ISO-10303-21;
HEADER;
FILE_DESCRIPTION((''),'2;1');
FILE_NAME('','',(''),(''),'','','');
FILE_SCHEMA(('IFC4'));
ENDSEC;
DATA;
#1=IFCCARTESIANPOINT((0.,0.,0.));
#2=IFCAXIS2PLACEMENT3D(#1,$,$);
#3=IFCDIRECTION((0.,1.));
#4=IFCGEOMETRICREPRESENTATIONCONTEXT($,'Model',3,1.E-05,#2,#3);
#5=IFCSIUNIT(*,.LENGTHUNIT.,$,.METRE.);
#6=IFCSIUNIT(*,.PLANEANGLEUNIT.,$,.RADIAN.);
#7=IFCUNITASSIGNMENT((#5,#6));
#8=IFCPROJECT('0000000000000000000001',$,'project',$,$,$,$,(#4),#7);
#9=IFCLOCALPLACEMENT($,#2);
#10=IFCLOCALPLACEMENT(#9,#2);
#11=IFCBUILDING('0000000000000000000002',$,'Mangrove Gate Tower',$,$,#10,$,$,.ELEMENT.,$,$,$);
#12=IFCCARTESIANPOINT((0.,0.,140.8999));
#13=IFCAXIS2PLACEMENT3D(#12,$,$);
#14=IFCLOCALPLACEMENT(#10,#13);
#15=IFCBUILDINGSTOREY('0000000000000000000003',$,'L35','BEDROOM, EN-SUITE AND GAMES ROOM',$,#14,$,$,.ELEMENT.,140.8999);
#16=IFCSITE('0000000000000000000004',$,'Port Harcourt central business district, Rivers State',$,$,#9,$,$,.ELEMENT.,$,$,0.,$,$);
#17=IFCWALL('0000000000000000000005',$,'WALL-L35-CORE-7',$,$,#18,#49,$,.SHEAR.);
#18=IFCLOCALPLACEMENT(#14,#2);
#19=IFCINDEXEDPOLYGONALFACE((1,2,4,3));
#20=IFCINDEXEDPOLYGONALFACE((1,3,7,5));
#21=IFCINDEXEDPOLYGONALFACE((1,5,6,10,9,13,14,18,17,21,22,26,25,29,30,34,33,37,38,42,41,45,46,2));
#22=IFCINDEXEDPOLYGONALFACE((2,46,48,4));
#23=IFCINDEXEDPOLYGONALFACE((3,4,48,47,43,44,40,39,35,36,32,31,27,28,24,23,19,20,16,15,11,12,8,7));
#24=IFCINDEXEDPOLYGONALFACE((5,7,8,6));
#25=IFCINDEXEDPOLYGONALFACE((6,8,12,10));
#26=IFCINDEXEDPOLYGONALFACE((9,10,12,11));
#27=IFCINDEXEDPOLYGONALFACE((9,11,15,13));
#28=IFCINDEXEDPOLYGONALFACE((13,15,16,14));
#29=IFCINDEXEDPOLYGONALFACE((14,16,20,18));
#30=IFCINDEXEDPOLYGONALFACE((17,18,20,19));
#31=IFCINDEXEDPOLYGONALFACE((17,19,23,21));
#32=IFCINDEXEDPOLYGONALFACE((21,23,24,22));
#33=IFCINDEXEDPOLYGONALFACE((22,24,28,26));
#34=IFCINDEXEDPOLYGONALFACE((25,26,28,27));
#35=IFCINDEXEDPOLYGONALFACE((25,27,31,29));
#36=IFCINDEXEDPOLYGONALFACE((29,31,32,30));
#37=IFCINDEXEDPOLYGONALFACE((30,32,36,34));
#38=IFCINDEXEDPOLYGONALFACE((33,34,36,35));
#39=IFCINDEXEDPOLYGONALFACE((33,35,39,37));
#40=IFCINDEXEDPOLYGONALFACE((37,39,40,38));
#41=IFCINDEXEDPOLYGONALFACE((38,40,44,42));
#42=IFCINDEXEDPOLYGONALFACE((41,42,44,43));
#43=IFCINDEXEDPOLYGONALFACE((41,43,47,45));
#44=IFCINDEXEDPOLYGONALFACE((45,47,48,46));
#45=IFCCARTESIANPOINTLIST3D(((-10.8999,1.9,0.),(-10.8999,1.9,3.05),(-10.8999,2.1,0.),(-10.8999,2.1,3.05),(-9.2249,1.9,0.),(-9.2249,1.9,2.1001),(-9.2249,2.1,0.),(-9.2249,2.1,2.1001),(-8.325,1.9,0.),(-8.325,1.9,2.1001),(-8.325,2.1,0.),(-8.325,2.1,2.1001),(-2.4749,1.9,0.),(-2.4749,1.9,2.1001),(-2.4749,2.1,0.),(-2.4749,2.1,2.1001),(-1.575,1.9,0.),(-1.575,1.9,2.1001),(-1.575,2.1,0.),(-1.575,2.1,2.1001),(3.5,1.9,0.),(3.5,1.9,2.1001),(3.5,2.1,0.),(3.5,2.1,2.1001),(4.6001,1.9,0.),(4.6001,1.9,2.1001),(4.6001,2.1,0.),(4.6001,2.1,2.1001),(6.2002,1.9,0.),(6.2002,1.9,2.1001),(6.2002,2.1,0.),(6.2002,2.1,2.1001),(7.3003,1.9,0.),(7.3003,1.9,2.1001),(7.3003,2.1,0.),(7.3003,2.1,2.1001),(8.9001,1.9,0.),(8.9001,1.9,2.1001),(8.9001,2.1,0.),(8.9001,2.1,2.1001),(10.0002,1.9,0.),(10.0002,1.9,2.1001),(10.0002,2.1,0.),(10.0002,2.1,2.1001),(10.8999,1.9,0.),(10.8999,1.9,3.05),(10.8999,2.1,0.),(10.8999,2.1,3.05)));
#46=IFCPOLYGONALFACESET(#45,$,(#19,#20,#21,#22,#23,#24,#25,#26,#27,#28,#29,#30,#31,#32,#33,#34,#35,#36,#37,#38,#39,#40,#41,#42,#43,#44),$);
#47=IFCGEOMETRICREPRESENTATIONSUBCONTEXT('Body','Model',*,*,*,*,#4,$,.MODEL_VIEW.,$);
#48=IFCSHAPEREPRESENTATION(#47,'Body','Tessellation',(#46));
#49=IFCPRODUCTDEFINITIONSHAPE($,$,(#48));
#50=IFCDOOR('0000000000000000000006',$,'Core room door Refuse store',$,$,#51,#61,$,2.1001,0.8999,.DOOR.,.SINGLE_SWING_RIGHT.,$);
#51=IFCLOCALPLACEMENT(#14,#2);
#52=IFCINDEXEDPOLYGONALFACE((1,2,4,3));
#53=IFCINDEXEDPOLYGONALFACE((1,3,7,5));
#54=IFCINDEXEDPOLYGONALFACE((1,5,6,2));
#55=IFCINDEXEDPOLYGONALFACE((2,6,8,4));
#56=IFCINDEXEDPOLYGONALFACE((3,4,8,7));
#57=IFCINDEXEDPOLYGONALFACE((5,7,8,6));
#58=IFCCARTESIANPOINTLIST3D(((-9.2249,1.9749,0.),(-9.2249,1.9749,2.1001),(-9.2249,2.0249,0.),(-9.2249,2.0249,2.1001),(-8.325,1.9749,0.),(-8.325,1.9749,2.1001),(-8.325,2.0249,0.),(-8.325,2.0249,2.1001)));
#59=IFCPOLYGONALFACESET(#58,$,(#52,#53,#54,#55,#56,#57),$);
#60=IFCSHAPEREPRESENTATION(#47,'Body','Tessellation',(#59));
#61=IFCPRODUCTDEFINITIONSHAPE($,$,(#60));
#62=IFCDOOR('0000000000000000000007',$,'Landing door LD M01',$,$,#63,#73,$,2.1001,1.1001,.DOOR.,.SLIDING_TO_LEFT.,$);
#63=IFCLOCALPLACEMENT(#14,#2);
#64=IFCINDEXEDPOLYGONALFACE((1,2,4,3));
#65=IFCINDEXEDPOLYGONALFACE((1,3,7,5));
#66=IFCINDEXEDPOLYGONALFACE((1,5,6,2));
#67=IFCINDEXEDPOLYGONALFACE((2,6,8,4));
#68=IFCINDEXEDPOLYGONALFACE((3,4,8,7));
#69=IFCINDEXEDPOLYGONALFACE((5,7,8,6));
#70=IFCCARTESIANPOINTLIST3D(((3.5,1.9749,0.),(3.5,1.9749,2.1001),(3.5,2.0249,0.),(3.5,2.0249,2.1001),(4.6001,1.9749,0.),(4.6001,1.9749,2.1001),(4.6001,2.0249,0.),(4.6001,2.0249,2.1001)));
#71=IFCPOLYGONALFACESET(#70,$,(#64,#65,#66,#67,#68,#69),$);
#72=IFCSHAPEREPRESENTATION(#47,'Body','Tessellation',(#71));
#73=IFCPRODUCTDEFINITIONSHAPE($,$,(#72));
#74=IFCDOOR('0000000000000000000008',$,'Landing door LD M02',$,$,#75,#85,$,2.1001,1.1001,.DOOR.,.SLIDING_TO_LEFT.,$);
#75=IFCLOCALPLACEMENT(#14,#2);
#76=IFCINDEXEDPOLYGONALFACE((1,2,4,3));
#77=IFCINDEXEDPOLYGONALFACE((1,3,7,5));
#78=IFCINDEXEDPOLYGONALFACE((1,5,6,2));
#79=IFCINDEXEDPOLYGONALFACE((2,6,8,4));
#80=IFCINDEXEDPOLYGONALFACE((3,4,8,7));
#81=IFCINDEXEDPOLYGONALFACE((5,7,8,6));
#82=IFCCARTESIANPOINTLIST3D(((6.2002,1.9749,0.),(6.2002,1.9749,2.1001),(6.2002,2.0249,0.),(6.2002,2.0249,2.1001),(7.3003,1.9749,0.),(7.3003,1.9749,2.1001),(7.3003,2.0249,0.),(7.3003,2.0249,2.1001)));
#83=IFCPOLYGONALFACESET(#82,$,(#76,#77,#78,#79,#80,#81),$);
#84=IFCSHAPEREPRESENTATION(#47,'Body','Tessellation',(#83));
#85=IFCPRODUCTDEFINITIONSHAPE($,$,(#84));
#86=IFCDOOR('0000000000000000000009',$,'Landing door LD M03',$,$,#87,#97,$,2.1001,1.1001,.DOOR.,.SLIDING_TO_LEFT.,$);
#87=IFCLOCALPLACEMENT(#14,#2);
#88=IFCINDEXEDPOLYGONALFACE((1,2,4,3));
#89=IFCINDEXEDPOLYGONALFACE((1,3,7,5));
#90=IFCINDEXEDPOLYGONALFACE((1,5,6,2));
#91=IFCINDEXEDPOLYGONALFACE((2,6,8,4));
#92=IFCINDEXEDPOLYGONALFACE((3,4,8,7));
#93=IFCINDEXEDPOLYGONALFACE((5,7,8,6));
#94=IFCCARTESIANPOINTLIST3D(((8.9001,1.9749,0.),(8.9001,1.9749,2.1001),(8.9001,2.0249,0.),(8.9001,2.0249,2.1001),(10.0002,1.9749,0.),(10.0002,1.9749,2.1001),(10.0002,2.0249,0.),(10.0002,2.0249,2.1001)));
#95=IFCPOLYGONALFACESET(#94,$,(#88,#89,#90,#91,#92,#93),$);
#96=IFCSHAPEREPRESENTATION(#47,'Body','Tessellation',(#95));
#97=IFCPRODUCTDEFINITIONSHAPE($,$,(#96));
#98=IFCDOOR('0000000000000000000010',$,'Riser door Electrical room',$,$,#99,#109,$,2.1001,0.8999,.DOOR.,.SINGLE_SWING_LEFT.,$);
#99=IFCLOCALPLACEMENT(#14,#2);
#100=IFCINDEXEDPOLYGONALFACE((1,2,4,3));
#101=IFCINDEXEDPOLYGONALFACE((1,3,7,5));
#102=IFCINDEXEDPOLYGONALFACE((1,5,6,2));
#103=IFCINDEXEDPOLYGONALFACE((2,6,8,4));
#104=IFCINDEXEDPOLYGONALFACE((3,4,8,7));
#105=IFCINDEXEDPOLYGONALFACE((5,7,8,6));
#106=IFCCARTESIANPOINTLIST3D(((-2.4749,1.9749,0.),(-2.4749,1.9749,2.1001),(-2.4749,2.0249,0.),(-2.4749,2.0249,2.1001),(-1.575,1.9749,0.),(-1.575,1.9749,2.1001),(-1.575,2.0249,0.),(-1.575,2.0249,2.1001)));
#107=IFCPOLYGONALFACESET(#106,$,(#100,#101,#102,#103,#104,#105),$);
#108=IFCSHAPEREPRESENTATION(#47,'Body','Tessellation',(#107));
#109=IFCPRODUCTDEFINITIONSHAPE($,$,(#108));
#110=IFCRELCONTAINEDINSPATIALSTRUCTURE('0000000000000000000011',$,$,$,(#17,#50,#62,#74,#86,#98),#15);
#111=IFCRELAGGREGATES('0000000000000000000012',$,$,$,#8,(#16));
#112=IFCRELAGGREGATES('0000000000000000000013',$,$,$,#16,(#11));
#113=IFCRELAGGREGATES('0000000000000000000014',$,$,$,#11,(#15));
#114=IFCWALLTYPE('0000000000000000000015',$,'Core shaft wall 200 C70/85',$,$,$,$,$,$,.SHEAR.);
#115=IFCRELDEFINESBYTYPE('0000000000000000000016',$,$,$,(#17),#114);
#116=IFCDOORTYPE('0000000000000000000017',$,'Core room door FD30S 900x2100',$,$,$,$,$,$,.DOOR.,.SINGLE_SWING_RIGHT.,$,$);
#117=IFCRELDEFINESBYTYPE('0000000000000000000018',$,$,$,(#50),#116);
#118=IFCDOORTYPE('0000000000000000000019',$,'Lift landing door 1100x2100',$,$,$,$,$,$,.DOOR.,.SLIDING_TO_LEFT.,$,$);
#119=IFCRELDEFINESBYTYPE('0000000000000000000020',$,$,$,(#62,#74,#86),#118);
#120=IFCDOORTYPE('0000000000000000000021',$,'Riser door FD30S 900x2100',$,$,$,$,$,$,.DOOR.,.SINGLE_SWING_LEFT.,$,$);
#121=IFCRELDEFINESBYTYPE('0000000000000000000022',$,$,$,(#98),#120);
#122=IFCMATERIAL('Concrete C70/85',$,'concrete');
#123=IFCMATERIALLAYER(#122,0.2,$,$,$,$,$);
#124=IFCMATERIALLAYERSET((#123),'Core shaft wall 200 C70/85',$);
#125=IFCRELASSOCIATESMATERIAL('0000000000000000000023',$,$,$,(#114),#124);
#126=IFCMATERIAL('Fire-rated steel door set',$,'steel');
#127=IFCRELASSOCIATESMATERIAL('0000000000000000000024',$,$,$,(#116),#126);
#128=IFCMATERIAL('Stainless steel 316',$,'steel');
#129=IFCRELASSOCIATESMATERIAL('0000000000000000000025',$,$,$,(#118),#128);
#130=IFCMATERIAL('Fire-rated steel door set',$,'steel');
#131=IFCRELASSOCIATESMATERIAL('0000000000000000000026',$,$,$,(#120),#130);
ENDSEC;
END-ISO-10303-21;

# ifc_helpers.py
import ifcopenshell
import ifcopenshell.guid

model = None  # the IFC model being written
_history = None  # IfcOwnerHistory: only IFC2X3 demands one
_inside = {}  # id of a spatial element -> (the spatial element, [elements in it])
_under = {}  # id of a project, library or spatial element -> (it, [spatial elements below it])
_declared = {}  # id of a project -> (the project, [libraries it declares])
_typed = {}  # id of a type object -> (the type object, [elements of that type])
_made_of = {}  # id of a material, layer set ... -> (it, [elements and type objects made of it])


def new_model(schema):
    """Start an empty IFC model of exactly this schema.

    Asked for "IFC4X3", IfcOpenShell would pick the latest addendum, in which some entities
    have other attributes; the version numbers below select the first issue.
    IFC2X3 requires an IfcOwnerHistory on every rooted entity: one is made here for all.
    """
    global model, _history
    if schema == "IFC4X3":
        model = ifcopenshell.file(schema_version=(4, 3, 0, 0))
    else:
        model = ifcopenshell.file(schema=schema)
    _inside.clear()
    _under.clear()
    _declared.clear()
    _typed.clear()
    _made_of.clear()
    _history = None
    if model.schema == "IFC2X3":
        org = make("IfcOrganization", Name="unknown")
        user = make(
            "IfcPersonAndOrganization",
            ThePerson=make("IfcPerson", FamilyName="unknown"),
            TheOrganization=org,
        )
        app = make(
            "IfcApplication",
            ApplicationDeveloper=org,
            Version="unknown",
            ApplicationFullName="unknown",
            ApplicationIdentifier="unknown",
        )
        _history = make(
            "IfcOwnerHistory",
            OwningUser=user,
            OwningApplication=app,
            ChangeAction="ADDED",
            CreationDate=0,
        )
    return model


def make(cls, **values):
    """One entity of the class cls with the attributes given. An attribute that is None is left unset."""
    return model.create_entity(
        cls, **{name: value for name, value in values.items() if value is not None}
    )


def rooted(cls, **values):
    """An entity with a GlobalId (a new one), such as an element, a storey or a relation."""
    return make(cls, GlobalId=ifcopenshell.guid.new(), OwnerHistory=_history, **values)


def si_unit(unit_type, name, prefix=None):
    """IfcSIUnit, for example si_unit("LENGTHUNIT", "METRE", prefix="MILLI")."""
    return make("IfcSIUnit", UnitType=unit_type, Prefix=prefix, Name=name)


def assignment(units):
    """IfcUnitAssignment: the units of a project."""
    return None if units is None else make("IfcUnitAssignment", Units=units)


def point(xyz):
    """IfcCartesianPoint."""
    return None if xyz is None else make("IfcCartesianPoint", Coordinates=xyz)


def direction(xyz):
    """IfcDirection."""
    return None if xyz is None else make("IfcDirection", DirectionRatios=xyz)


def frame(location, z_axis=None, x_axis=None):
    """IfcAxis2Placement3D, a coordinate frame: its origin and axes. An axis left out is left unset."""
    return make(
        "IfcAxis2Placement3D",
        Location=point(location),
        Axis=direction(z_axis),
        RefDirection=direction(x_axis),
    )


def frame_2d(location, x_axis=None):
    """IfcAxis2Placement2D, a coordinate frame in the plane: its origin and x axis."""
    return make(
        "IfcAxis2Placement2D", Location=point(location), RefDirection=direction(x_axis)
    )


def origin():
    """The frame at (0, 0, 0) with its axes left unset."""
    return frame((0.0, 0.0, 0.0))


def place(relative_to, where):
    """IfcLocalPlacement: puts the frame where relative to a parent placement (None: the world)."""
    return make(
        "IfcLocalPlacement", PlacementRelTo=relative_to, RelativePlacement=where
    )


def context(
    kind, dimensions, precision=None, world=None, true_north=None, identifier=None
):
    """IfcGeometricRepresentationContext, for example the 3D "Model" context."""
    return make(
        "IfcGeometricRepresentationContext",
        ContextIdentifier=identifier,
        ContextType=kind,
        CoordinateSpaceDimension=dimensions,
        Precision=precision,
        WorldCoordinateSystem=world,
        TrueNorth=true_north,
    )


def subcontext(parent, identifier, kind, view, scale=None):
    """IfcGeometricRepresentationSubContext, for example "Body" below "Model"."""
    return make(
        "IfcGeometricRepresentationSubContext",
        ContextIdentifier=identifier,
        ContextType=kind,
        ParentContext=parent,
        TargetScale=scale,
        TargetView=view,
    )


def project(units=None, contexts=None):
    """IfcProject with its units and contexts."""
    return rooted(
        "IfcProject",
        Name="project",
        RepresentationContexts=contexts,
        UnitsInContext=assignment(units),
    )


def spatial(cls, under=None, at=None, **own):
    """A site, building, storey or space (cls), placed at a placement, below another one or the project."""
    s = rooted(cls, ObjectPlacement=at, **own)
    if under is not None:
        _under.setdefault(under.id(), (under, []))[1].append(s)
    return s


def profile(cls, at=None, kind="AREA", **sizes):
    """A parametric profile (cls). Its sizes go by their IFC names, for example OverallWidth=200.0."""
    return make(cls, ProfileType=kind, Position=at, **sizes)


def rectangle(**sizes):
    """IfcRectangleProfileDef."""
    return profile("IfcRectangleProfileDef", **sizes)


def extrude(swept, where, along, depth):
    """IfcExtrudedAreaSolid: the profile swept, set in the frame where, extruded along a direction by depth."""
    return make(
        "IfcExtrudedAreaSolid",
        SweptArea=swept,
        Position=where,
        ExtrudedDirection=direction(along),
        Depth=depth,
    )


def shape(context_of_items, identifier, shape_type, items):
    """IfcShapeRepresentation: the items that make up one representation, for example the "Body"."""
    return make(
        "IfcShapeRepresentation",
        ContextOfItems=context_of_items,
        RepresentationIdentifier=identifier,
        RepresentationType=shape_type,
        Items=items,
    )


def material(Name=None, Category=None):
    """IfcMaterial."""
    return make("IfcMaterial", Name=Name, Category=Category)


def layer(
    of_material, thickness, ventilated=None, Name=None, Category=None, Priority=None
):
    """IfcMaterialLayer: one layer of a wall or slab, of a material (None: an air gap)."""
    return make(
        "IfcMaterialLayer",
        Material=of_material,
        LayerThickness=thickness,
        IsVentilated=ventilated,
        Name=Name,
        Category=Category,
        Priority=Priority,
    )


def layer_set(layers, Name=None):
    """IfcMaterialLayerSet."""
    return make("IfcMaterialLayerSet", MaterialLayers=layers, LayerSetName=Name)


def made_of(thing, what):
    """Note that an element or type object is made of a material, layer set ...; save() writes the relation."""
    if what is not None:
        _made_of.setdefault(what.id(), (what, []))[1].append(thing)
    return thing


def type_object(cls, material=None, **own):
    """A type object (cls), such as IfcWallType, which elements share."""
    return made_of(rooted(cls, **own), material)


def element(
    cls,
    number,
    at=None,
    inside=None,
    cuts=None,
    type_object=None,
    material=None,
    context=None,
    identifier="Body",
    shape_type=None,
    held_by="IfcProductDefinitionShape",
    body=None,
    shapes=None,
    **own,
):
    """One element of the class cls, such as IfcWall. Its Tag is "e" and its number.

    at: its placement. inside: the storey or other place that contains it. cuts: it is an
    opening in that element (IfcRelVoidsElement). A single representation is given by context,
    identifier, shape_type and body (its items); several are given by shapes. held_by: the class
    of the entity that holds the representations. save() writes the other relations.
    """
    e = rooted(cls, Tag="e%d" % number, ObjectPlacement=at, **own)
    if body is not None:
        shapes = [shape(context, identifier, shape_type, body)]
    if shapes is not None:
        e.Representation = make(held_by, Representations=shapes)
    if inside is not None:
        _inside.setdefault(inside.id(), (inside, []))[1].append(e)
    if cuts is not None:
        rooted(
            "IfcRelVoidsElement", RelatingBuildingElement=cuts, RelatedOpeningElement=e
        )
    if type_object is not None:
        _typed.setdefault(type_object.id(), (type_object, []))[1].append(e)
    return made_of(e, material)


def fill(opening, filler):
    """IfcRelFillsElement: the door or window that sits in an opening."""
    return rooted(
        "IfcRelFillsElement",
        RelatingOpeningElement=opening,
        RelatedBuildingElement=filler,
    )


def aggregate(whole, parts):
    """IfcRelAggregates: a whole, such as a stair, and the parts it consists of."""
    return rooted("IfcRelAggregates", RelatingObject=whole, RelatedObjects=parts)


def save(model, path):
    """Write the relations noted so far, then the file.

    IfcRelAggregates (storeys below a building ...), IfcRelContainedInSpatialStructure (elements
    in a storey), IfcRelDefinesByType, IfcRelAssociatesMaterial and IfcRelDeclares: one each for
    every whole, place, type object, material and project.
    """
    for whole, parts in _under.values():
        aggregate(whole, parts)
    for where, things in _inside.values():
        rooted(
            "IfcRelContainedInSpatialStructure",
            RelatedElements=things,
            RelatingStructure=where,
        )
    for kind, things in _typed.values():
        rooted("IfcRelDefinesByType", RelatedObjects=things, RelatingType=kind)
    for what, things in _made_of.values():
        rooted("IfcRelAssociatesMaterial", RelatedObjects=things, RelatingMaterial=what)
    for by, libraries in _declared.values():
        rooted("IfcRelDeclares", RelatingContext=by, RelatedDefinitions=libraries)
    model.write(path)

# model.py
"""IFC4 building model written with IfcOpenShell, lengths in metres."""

from ifc_helpers import new_model, si_unit, direction, frame, frame_2d, origin, place, context, subcontext, project, spatial, rectangle, extrude, material, layer, layer_set, type_object, element, fill, save


model = new_model("IFC4")

# Units and contexts
model_context = context("Model", 3, precision=1e-05, world=origin(), true_north=direction((0.0, 1.0)))
body_context = subcontext(model_context, "Body", "Model", "MODEL_VIEW")
ifc_project = project(units=[si_unit("LENGTHUNIT", "METRE"), si_unit("PLANEANGLEUNIT", "RADIAN")], contexts=[model_context])

# Site, building, storey
site_placement = place(None, origin())
site = spatial("IfcSite", under=ifc_project, at=site_placement, Name="Port Harcourt central business district, Rivers State", CompositionType="ELEMENT", RefElevation=0.0)
building_placement = place(site_placement, origin())
building = spatial("IfcBuilding", under=site, at=building_placement, Name="Mangrove Gate Tower", CompositionType="ELEMENT")
storey_placement = place(building_placement, frame((0.0, 0.0, 140.8999)))
storey = spatial("IfcBuildingStorey", under=building, at=storey_placement, Name="L35", Description="BEDROOM, EN-SUITE AND GAMES ROOM", CompositionType="ELEMENT", Elevation=140.8999)

# Wall, openings, doors
ifc_material_1 = material(Name="Concrete C70/85", Category="concrete")
ifc_layer_1 = layer(ifc_material_1, 0.2)
ifc_layer_set_1 = layer_set([ifc_layer_1], Name="Core shaft wall 200 C70/85")
wall_type_1 = type_object("IfcWallType", Name="Core shaft wall 200 C70/85", PredefinedType="SHEAR", material=ifc_layer_set_1)
wall_1_placement = place(storey_placement, frame((-10.8999, 2.0, 0.0), z_axis=(0.0, 0.0, 1.0), x_axis=(1.0, 0.0, 0.0)))
wall_1 = element("IfcWall", 1, at=wall_1_placement, inside=storey, type_object=wall_type_1, Name="WALL-L35-CORE-7", PredefinedType="SHEAR", context=body_context, shape_type="SweptSolid", body=[
    extrude(rectangle(XDim=21.7998, YDim=0.2, at=frame_2d((10.8999, 0.0))), origin(), (0.0, 0.0, 1.0), 3.05),
])
opening_1_placement = place(wall_1_placement, frame((14.3999, 0.0, 0.0)))
opening_1 = element("IfcOpeningElement", 2, at=opening_1_placement, cuts=wall_1, PredefinedType="OPENING", context=body_context, shape_type="SweptSolid", body=[
    extrude(rectangle(XDim=1.1001, YDim=2.1001, at=frame_2d((0.55, 1.05))), frame((0.0, 0.1099, 0.0), z_axis=(0.0, -1.0, 0.0), x_axis=(1.0, 0.0, 0.0)), (0.0, 0.0, 1.0), 0.22),
])
opening_2_placement = place(wall_1_placement, frame((17.1001, 0.0, 0.0)))
opening_2 = element("IfcOpeningElement", 3, at=opening_2_placement, cuts=wall_1, PredefinedType="OPENING", context=body_context, shape_type="SweptSolid", body=[
    extrude(rectangle(XDim=1.1001, YDim=2.1001, at=frame_2d((0.55, 1.05))), frame((0.0, 0.1099, 0.0), z_axis=(0.0, -1.0, 0.0), x_axis=(1.0, 0.0, 0.0)), (0.0, 0.0, 1.0), 0.22),
])
opening_3_placement = place(wall_1_placement, frame((19.8, 0.0, 0.0)))
opening_3 = element("IfcOpeningElement", 4, at=opening_3_placement, cuts=wall_1, PredefinedType="OPENING", context=body_context, shape_type="SweptSolid", body=[
    extrude(rectangle(XDim=1.1001, YDim=2.1001, at=frame_2d((0.55, 1.05))), frame((0.0, 0.1099, 0.0), z_axis=(0.0, -1.0, 0.0), x_axis=(1.0, 0.0, 0.0)), (0.0, 0.0, 1.0), 0.22),
])
opening_4_placement = place(wall_1_placement, frame((1.675, 0.0, 0.0)))
opening_4 = element("IfcOpeningElement", 5, at=opening_4_placement, cuts=wall_1, PredefinedType="OPENING", context=body_context, shape_type="SweptSolid", body=[
    extrude(rectangle(XDim=0.8999, YDim=2.1001, at=frame_2d((0.45, 1.05))), frame((0.0, 0.1099, 0.0), z_axis=(0.0, -1.0, 0.0), x_axis=(1.0, 0.0, 0.0)), (0.0, 0.0, 1.0), 0.22),
])
opening_5_placement = place(wall_1_placement, frame((8.425, 0.0, 0.0)))
opening_5 = element("IfcOpeningElement", 6, at=opening_5_placement, cuts=wall_1, PredefinedType="OPENING", context=body_context, shape_type="SweptSolid", body=[
    extrude(rectangle(XDim=0.8999, YDim=2.1001, at=frame_2d((0.45, 1.05))), frame((0.0, 0.1099, 0.0), z_axis=(0.0, -1.0, 0.0), x_axis=(1.0, 0.0, 0.0)), (0.0, 0.0, 1.0), 0.22),
])
ifc_material_2 = material(Name="Fire-rated steel door set", Category="steel")
door_type_1 = type_object("IfcDoorType", Name="Core room door FD30S 900x2100", OperationType="SINGLE_SWING_RIGHT", PredefinedType="DOOR", material=ifc_material_2)
door_1_placement = place(opening_4_placement, origin())
door_1 = element("IfcDoor", 7, at=door_1_placement, inside=storey, type_object=door_type_1, Name="Core room door Refuse store", OperationType="SINGLE_SWING_RIGHT", OverallHeight=2.1001, OverallWidth=0.8999, PredefinedType="DOOR", context=body_context, shape_type="SweptSolid", body=[
    extrude(rectangle(XDim=0.8999, YDim=2.1001, at=frame_2d((0.45, 1.05))), frame((0.0, 0.0249, 0.0), z_axis=(0.0, -1.0, 0.0), x_axis=(1.0, 0.0, 0.0)), (0.0, 0.0, 1.0), 0.05),
])
fill(opening_4, door_1)
ifc_material_3 = material(Name="Stainless steel 316", Category="steel")
door_type_2 = type_object("IfcDoorType", Name="Lift landing door 1100x2100", OperationType="SLIDING_TO_LEFT", PredefinedType="DOOR", material=ifc_material_3)
door_2_placement = place(opening_1_placement, origin())
door_2 = element("IfcDoor", 8, at=door_2_placement, inside=storey, type_object=door_type_2, Name="Landing door LD M01", OperationType="SLIDING_TO_LEFT", OverallHeight=2.1001, OverallWidth=1.1001, PredefinedType="DOOR", context=body_context, shape_type="SweptSolid", body=[
    extrude(rectangle(XDim=1.1001, YDim=2.1001, at=frame_2d((0.55, 1.05))), frame((0.0, 0.0249, 0.0), z_axis=(0.0, -1.0, 0.0), x_axis=(1.0, 0.0, 0.0)), (0.0, 0.0, 1.0), 0.05),
])
fill(opening_1, door_2)
door_3_placement = place(opening_2_placement, origin())
door_3 = element("IfcDoor", 9, at=door_3_placement, inside=storey, type_object=door_type_2, Name="Landing door LD M02", OperationType="SLIDING_TO_LEFT", OverallHeight=2.1001, OverallWidth=1.1001, PredefinedType="DOOR", context=body_context, shape_type="SweptSolid", body=[
    extrude(rectangle(XDim=1.1001, YDim=2.1001, at=frame_2d((0.55, 1.05))), frame((0.0, 0.0249, 0.0), z_axis=(0.0, -1.0, 0.0), x_axis=(1.0, 0.0, 0.0)), (0.0, 0.0, 1.0), 0.05),
])
fill(opening_2, door_3)
door_4_placement = place(opening_3_placement, origin())
door_4 = element("IfcDoor", 10, at=door_4_placement, inside=storey, type_object=door_type_2, Name="Landing door LD M03", OperationType="SLIDING_TO_LEFT", OverallHeight=2.1001, OverallWidth=1.1001, PredefinedType="DOOR", context=body_context, shape_type="SweptSolid", body=[
    extrude(rectangle(XDim=1.1001, YDim=2.1001, at=frame_2d((0.55, 1.05))), frame((0.0, 0.0249, 0.0), z_axis=(0.0, -1.0, 0.0), x_axis=(1.0, 0.0, 0.0)), (0.0, 0.0, 1.0), 0.05),
])
fill(opening_3, door_4)
ifc_material_4 = material(Name="Fire-rated steel door set", Category="steel")
door_type_3 = type_object("IfcDoorType", Name="Riser door FD30S 900x2100", OperationType="SINGLE_SWING_LEFT", PredefinedType="DOOR", material=ifc_material_4)
door_5_placement = place(opening_5_placement, origin())
door_5 = element("IfcDoor", 11, at=door_5_placement, inside=storey, type_object=door_type_3, Name="Riser door Electrical room", OperationType="SINGLE_SWING_LEFT", OverallHeight=2.1001, OverallWidth=0.8999, PredefinedType="DOOR", context=body_context, shape_type="SweptSolid", body=[
    extrude(rectangle(XDim=0.8999, YDim=2.1001, at=frame_2d((0.45, 1.05))), frame((0.0, 0.0249, 0.0), z_axis=(0.0, -1.0, 0.0), x_axis=(1.0, 0.0, 0.0)), (0.0, 0.0, 1.0), 0.05),
])
fill(opening_5, door_5)

save(model, "model.ifc")
